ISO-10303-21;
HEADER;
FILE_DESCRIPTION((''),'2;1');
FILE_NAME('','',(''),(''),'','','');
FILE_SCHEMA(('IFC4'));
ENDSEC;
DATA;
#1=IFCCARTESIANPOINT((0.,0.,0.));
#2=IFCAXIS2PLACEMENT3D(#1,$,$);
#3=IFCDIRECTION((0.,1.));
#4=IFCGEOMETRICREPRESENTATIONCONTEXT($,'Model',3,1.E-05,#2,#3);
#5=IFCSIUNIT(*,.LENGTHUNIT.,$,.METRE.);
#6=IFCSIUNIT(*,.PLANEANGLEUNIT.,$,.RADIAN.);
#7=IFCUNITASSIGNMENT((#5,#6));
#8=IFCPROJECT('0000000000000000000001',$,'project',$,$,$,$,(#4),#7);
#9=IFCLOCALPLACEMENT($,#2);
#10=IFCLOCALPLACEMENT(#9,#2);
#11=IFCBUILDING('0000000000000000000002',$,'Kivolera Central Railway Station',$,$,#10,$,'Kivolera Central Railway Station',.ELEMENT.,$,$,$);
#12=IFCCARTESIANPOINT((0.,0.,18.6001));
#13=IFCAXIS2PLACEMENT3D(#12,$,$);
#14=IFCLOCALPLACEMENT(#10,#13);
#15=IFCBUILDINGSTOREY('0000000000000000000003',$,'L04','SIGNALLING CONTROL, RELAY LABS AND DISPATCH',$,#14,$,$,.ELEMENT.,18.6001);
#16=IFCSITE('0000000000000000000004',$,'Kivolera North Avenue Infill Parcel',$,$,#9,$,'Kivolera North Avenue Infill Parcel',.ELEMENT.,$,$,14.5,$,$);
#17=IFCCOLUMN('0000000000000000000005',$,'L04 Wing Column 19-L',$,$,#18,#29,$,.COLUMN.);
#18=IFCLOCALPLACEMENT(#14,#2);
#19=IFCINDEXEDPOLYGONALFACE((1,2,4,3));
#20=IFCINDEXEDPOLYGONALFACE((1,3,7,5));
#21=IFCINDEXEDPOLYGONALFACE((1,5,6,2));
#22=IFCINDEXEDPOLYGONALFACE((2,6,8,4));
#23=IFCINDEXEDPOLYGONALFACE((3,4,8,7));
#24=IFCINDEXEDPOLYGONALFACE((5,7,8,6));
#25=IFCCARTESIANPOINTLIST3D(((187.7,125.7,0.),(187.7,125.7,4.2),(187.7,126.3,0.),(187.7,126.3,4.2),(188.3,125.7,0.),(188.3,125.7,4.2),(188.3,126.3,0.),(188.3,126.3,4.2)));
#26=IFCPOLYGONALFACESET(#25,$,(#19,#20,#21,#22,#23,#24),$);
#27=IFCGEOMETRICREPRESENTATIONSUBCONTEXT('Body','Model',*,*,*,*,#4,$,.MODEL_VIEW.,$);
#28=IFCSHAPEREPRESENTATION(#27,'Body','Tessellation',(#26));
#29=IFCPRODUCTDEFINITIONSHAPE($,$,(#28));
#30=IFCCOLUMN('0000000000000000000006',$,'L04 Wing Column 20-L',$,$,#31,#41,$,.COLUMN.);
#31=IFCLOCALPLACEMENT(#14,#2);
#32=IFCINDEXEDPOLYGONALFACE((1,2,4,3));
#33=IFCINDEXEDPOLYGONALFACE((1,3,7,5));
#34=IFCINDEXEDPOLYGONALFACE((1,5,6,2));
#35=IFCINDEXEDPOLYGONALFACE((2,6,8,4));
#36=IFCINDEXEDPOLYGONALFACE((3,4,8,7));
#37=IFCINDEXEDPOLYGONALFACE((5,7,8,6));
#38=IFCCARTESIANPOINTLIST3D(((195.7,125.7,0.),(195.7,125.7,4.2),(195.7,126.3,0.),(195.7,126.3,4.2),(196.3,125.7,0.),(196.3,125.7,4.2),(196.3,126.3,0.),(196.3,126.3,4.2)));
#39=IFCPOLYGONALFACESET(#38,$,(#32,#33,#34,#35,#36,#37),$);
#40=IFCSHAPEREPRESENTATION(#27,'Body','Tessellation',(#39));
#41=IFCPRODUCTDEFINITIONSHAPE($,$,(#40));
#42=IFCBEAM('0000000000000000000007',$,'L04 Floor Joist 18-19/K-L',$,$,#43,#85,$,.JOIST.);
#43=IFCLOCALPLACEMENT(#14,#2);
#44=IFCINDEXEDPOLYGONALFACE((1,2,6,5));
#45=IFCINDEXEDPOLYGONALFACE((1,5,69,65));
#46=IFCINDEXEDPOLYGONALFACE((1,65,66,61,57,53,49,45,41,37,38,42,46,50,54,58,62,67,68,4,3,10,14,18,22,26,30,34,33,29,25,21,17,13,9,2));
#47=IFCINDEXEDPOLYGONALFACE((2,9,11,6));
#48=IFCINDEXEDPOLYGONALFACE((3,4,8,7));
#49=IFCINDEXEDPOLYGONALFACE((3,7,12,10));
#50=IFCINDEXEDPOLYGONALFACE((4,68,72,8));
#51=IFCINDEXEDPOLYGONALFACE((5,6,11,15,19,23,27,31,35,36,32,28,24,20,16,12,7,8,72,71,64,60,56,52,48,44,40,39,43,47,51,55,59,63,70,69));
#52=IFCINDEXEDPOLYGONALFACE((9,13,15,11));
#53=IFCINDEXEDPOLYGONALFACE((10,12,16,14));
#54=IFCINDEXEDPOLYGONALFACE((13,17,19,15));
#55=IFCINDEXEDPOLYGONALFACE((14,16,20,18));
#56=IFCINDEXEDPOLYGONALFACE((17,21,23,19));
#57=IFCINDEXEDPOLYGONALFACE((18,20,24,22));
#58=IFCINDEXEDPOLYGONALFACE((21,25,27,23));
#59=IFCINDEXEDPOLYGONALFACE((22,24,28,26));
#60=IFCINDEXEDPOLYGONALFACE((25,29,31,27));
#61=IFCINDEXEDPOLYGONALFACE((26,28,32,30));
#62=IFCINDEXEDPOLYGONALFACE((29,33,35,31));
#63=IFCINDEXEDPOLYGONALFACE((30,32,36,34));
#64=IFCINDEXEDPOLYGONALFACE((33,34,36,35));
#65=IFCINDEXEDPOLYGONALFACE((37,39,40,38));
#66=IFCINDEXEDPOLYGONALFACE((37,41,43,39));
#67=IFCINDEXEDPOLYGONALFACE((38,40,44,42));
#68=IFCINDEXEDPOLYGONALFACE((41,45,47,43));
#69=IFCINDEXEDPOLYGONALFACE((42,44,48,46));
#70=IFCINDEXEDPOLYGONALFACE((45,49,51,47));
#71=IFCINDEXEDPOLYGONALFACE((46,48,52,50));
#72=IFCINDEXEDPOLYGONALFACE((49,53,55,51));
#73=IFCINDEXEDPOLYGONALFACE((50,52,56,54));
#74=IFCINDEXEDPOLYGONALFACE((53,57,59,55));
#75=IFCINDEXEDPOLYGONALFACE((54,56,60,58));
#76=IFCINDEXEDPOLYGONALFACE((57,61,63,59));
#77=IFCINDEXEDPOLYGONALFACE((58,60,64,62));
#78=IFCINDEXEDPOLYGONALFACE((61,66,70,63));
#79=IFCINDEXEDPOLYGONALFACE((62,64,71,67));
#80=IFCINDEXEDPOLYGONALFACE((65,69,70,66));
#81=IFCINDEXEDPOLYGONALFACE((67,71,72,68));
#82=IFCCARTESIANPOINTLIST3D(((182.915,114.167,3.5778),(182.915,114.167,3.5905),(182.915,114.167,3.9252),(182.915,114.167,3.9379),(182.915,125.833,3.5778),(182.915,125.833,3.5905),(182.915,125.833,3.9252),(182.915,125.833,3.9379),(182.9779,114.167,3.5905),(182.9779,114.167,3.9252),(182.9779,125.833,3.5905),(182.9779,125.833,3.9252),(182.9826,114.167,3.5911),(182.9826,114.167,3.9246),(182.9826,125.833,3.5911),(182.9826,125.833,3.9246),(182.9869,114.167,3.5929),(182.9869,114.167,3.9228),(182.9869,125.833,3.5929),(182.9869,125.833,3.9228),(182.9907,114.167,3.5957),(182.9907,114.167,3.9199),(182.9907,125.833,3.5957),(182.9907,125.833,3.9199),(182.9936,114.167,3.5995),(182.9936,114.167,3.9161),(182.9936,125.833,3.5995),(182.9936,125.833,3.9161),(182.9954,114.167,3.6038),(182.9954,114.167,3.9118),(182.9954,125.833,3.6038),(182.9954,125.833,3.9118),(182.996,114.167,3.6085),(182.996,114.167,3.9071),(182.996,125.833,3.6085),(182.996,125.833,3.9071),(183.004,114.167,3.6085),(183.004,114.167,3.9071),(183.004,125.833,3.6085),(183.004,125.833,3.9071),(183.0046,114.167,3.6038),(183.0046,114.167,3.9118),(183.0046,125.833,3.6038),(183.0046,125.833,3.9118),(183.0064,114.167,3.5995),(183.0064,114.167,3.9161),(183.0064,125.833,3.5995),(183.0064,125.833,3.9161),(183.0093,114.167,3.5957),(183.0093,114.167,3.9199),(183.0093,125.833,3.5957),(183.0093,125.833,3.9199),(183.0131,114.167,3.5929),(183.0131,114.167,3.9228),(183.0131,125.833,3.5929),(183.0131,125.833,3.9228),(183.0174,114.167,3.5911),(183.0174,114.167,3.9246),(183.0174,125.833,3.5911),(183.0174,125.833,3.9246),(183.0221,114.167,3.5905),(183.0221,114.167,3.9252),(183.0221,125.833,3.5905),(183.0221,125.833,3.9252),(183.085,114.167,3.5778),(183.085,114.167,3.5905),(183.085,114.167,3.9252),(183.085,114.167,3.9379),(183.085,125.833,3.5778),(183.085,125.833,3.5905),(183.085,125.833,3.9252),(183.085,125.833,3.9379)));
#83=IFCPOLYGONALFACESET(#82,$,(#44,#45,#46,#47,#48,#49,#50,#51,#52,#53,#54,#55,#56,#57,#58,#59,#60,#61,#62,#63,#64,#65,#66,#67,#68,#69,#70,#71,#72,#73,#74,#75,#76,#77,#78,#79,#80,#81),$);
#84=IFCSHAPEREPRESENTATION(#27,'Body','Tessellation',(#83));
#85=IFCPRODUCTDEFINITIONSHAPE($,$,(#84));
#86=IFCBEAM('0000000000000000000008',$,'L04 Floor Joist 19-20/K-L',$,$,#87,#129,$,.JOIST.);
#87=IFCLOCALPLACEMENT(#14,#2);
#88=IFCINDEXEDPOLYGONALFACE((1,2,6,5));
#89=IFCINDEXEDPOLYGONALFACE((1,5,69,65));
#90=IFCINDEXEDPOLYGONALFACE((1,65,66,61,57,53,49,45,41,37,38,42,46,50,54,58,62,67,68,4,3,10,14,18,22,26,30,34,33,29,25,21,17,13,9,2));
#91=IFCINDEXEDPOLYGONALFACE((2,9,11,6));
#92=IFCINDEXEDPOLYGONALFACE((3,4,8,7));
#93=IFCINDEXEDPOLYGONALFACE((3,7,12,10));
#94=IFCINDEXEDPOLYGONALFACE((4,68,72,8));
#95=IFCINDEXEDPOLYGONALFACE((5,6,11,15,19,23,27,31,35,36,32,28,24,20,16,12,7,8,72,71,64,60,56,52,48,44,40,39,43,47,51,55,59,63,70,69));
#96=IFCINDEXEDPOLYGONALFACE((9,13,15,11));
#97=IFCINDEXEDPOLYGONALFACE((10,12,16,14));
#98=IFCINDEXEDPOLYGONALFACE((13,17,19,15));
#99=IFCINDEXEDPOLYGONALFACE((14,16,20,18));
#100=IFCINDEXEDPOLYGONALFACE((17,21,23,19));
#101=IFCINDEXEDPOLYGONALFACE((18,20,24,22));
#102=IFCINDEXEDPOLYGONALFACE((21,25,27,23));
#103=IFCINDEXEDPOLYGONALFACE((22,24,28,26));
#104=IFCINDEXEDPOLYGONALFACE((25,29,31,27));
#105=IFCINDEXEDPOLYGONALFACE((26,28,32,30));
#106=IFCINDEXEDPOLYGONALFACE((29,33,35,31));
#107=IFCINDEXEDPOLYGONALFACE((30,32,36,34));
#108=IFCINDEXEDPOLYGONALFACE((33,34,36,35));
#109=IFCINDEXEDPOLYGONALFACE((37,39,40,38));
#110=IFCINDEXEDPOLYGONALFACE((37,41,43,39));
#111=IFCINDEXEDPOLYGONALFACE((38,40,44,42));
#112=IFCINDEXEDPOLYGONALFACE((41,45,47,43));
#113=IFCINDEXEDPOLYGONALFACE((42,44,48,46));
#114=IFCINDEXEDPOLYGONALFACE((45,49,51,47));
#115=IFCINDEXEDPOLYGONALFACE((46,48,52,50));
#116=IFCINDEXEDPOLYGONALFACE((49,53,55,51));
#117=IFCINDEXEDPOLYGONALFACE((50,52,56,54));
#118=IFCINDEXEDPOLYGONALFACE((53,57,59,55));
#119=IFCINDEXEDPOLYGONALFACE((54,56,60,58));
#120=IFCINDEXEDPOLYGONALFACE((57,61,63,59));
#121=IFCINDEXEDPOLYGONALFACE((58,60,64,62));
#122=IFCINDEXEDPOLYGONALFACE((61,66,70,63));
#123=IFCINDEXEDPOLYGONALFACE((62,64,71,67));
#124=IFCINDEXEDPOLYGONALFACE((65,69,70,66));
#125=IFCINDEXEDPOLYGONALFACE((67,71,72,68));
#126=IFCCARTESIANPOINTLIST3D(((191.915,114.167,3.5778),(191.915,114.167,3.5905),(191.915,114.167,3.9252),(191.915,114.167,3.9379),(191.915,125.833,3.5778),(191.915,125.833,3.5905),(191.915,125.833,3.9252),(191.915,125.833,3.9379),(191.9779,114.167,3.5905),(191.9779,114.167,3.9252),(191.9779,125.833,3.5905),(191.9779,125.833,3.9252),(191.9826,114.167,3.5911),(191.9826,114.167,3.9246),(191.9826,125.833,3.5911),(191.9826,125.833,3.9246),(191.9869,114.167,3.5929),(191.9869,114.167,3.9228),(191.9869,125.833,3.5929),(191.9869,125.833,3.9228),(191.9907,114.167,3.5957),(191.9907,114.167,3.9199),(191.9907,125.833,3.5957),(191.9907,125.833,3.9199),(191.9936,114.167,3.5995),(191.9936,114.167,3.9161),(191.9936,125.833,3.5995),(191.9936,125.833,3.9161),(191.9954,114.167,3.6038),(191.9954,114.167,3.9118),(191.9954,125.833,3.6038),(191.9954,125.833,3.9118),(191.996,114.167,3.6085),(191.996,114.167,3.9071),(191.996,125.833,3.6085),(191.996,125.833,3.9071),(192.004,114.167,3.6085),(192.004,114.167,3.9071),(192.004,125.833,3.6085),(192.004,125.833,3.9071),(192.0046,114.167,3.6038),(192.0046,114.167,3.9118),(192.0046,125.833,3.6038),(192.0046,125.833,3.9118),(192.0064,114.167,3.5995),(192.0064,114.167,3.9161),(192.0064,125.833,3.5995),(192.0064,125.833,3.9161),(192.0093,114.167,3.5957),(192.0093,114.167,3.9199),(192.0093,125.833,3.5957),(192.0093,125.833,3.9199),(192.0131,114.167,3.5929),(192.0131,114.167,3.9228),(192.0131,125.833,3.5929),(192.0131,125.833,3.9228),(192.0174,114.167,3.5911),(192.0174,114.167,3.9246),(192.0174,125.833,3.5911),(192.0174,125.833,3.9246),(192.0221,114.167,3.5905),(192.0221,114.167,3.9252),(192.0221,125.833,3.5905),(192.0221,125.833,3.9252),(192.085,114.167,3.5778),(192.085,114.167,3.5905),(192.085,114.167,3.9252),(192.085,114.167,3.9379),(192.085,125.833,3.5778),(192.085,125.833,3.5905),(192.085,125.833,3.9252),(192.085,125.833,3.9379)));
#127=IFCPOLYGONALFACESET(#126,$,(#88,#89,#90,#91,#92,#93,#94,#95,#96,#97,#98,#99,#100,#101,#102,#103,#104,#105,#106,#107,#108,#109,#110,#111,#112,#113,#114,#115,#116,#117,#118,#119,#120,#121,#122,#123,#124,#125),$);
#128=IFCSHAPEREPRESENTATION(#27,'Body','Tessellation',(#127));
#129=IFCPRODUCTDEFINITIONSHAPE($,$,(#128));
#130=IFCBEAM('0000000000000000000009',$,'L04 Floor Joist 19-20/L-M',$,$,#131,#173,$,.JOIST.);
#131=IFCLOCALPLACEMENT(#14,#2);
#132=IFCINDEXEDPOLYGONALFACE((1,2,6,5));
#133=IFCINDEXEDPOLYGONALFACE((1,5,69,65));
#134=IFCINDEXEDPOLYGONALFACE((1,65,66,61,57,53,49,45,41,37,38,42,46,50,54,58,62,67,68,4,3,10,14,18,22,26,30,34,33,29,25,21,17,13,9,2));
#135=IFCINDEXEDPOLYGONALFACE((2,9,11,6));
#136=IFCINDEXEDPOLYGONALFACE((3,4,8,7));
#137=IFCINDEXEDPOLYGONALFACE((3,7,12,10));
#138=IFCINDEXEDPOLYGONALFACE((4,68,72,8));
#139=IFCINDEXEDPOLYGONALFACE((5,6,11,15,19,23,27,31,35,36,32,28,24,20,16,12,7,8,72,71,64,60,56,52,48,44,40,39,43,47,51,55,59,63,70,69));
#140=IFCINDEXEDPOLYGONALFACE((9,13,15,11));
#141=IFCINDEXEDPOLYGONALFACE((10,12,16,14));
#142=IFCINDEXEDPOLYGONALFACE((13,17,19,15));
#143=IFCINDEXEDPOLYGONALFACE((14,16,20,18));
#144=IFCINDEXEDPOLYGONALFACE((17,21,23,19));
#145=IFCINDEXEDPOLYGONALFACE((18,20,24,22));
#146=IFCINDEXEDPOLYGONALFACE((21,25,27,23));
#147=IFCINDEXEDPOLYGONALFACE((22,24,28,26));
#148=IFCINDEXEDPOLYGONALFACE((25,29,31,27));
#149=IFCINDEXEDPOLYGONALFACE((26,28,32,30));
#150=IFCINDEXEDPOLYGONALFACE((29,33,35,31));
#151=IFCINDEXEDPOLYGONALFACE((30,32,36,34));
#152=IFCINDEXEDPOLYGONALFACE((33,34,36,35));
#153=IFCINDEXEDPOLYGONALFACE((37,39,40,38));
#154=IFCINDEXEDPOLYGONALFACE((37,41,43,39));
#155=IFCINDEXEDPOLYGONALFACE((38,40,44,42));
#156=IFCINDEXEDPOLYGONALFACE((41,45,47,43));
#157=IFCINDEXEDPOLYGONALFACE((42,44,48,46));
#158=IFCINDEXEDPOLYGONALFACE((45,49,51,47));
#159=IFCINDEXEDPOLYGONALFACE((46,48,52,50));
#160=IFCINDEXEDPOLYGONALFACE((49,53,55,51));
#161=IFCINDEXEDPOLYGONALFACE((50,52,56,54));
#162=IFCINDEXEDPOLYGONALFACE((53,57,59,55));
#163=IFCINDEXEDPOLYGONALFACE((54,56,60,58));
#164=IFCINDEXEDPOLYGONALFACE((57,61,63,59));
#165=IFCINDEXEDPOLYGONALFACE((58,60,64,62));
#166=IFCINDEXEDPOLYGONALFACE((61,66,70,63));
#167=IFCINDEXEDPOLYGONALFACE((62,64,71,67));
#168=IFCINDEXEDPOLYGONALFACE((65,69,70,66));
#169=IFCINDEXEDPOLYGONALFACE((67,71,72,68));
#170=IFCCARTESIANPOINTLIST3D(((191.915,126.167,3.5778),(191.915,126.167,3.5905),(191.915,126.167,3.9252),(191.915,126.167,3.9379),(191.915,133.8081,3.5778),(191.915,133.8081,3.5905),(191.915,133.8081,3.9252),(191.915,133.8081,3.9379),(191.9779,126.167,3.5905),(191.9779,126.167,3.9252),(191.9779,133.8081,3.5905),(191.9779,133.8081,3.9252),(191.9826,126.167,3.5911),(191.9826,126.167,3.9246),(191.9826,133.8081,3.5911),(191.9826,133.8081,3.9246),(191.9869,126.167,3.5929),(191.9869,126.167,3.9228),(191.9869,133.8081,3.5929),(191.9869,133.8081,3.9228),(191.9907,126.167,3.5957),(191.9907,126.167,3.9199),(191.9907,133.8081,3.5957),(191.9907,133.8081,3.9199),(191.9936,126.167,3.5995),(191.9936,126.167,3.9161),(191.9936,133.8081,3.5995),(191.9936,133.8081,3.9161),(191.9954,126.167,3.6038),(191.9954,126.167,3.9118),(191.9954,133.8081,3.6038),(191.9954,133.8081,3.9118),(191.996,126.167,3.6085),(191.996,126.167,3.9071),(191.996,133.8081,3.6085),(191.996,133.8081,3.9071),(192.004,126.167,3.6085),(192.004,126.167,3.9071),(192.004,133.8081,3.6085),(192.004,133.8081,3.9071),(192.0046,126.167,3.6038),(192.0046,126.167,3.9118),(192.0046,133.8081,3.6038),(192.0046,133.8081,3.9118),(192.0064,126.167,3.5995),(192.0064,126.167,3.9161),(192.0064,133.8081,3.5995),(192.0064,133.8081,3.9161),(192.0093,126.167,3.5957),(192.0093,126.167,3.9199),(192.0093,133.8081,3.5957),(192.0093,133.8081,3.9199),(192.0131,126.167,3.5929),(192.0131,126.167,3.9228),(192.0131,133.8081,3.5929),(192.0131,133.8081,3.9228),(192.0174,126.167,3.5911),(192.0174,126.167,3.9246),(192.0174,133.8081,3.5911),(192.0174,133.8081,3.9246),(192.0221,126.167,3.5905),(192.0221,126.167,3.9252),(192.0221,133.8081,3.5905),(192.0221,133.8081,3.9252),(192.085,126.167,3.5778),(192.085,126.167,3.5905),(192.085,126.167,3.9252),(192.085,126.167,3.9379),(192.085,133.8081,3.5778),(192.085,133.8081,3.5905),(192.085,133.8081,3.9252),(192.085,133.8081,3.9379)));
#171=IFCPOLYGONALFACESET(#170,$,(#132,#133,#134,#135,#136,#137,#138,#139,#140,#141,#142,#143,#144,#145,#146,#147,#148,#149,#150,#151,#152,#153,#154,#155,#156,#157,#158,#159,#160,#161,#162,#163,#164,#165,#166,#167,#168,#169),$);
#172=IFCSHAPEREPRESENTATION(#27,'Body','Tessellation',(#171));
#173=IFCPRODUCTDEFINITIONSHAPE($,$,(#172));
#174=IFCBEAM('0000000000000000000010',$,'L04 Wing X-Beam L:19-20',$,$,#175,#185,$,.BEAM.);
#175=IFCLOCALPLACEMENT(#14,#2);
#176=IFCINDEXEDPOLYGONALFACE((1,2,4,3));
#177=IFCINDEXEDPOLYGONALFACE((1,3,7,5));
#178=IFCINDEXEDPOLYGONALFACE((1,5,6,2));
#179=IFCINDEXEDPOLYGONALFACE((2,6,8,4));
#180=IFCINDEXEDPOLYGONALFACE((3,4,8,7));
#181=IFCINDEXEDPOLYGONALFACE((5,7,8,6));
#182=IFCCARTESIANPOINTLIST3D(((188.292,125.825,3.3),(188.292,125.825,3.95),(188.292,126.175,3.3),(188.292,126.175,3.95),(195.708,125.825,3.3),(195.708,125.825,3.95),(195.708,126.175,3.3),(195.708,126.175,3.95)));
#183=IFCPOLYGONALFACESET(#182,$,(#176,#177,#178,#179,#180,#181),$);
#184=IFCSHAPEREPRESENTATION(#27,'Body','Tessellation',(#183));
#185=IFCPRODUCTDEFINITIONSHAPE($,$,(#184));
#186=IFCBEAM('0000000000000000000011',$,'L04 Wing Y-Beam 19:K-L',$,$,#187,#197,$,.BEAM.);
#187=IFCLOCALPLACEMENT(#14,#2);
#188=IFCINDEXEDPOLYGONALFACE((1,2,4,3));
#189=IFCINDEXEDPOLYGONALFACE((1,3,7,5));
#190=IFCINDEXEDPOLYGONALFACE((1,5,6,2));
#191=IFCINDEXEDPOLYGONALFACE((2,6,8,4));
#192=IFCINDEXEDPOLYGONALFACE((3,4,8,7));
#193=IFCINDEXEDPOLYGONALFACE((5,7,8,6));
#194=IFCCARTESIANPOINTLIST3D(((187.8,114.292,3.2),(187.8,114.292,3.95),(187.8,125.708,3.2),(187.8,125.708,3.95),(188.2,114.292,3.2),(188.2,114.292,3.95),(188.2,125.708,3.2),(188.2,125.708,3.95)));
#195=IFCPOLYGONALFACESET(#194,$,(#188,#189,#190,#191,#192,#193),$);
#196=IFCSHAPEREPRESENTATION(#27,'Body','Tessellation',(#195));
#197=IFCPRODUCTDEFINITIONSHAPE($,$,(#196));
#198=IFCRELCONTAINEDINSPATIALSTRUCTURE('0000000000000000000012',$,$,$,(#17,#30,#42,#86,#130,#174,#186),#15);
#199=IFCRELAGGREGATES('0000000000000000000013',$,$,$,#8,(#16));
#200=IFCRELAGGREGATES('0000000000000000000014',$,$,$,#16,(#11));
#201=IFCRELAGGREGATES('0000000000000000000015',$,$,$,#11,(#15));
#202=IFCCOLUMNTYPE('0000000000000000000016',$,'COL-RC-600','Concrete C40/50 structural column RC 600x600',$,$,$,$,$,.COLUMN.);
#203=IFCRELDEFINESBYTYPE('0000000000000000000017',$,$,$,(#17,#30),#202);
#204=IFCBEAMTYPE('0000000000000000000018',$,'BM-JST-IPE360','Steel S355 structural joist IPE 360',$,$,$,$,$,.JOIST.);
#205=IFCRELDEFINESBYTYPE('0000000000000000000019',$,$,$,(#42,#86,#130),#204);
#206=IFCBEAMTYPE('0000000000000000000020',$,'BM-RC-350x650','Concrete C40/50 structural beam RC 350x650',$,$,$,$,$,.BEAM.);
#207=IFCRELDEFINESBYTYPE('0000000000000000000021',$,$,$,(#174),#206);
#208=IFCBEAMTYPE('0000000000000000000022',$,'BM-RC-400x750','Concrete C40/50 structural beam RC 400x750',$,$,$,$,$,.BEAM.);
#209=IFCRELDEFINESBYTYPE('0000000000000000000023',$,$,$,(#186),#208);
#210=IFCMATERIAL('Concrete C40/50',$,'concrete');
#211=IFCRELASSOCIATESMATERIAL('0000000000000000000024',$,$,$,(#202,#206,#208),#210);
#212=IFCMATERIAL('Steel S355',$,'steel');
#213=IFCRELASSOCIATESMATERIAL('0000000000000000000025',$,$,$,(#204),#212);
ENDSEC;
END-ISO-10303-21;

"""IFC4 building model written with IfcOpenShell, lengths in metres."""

from ifc_helpers import new_model, si_unit, direction, frame, origin, origin_2d, place, context, subcontext, project, spatial, rectangle, i_section, extrude, material, material_profile, profile_set, type_object, element, save


model = new_model("IFC4")

# Units and contexts
model_context = context("Model", 3, precision=1e-05, world=origin(), true_north=direction((0.0, 1.0)))
body_context = subcontext(model_context, "Body", "Model", "MODEL_VIEW")
ifc_project = project(units=[si_unit("LENGTHUNIT", "METRE"), si_unit("PLANEANGLEUNIT", "RADIAN")], contexts=[model_context])

# Site, building, storey
site_placement = place(None, origin())
site = spatial("IfcSite", under=ifc_project, at=site_placement, Name="Kivolera North Avenue Infill Parcel", LongName="Kivolera North Avenue Infill Parcel", CompositionType="ELEMENT", RefElevation=14.5)
building_placement = place(site_placement, origin())
building = spatial("IfcBuilding", under=site, at=building_placement, Name="Kivolera Central Railway Station", LongName="Kivolera Central Railway Station", CompositionType="ELEMENT")
storey_placement = place(building_placement, frame((0.0, 0.0, 18.6001)))
storey = spatial("IfcBuildingStorey", under=building, at=storey_placement, Name="L04", Description="SIGNALLING CONTROL, RELAY LABS AND DISPATCH", CompositionType="ELEMENT", Elevation=18.6001)

# Columns
ifc_material_1 = material(Name="Concrete C40/50", Category="concrete")
ifc_material_profile_1 = material_profile(ifc_material_1, rectangle(XDim=0.6001, YDim=0.6001, at=origin_2d()), Name="RC 600x600")
ifc_profile_set_1 = profile_set([ifc_material_profile_1], Name="Concrete C40/50")
column_type = type_object("IfcColumnType", Name="COL-RC-600", Description="Concrete C40/50 structural column RC 600x600", PredefinedType="COLUMN", material=ifc_profile_set_1)
for number, where, z_axis, x_axis, name in (
    (1, (188.0, 126.0, 0.0), (0.0, 0.0, 1.0), (1.0, 0.0, 0.0), "L04 Wing Column 19-L"),
    (2, (196.0, 126.0, 0.0), (0.0, 0.0, 1.0), (1.0, 0.0, 0.0), "L04 Wing Column 20-L"),
):
    element("IfcColumn", number, at=place(storey_placement, frame(where, z_axis=z_axis, x_axis=x_axis)), inside=storey, type_object=column_type, Name=name, PredefinedType="COLUMN", context=body_context, shape_type="SweptSolid", body=[
        extrude(rectangle(XDim=0.6001, YDim=0.6001, at=origin_2d()), origin(), (0.0, 0.0, 1.0), 4.2),
    ])

# Beams
ifc_material_2 = material(Name="Steel S355", Category="steel")
ifc_material_profile_2 = material_profile(ifc_material_2, i_section(OverallWidth=0.1699, OverallDepth=0.3601, WebThickness=0.0081, FlangeThickness=0.0127, FilletRadius=0.0181, at=origin_2d()), Name="IPE 360")
ifc_profile_set_2 = profile_set([ifc_material_profile_2], Name="Steel S355")
beam_type_1 = type_object("IfcBeamType", Name="BM-JST-IPE360", Description="Steel S355 structural joist IPE 360", PredefinedType="JOIST", material=ifc_profile_set_2)
for number, where, z_axis, x_axis, name in (
    (3, (183.0, 114.167, 3.7578), (0.0, 1.0, 0.0), (-1.0, 0.0, 0.0), "L04 Floor Joist 18-19/K-L"),
    (4, (192.0, 114.167, 3.7578), (0.0, 1.0, 0.0), (-1.0, 0.0, 0.0), "L04 Floor Joist 19-20/K-L"),
):
    element("IfcBeam", number, at=place(storey_placement, frame(where, z_axis=z_axis, x_axis=x_axis)), inside=storey, type_object=beam_type_1, Name=name, PredefinedType="JOIST", context=body_context, shape_type="SweptSolid", body=[
        extrude(i_section(OverallWidth=0.1699, OverallDepth=0.3601, WebThickness=0.0081, FlangeThickness=0.0127, FilletRadius=0.0181, at=origin_2d()), origin(), (0.0, 0.0, 1.0), 11.666),
    ])
beam_1_placement = place(storey_placement, frame((192.0, 126.167, 3.7578), z_axis=(0.0, 1.0, 0.0), x_axis=(-1.0, 0.0, 0.0)))
element("IfcBeam", 5, at=beam_1_placement, inside=storey, type_object=beam_type_1, Name="L04 Floor Joist 19-20/L-M", PredefinedType="JOIST", context=body_context, shape_type="SweptSolid", body=[
    extrude(i_section(OverallWidth=0.1699, OverallDepth=0.3601, WebThickness=0.0081, FlangeThickness=0.0127, FilletRadius=0.0181, at=origin_2d()), origin(), (0.0, 0.0, 1.0), 7.6411),
])
ifc_material_profile_3 = material_profile(ifc_material_1, rectangle(XDim=0.3501, YDim=0.6499, at=origin_2d()), Name="RC 350x650")
ifc_profile_set_3 = profile_set([ifc_material_profile_3], Name="Concrete C40/50")
beam_type_2 = type_object("IfcBeamType", Name="BM-RC-350x650", Description="Concrete C40/50 structural beam RC 350x650", PredefinedType="BEAM", material=ifc_profile_set_3)
beam_2_placement = place(storey_placement, frame((188.292, 126.0, 3.625), z_axis=(1.0, 0.0, 0.0), x_axis=(0.0, 1.0, 0.0)))
element("IfcBeam", 6, at=beam_2_placement, inside=storey, type_object=beam_type_2, Name="L04 Wing X-Beam L:19-20", PredefinedType="BEAM", context=body_context, shape_type="SweptSolid", body=[
    extrude(rectangle(XDim=0.3501, YDim=0.6499, at=origin_2d()), origin(), (0.0, 0.0, 1.0), 7.416),
])
ifc_material_profile_4 = material_profile(ifc_material_1, rectangle(XDim=0.3999, YDim=0.75, at=origin_2d()), Name="RC 400x750")
ifc_profile_set_4 = profile_set([ifc_material_profile_4], Name="Concrete C40/50")
beam_type_3 = type_object("IfcBeamType", Name="BM-RC-400x750", Description="Concrete C40/50 structural beam RC 400x750", PredefinedType="BEAM", material=ifc_profile_set_4)
beam_3_placement = place(storey_placement, frame((188.0, 114.292, 3.575), z_axis=(0.0, 1.0, 0.0), x_axis=(-1.0, 0.0, 0.0)))
element("IfcBeam", 7, at=beam_3_placement, inside=storey, type_object=beam_type_3, Name="L04 Wing Y-Beam 19:K-L", PredefinedType="BEAM", context=body_context, shape_type="SweptSolid", body=[
    extrude(rectangle(XDim=0.3999, YDim=0.75, at=origin_2d()), origin(), (0.0, 0.0, 1.0), 11.416),
])

save(model, "model.ifc")
